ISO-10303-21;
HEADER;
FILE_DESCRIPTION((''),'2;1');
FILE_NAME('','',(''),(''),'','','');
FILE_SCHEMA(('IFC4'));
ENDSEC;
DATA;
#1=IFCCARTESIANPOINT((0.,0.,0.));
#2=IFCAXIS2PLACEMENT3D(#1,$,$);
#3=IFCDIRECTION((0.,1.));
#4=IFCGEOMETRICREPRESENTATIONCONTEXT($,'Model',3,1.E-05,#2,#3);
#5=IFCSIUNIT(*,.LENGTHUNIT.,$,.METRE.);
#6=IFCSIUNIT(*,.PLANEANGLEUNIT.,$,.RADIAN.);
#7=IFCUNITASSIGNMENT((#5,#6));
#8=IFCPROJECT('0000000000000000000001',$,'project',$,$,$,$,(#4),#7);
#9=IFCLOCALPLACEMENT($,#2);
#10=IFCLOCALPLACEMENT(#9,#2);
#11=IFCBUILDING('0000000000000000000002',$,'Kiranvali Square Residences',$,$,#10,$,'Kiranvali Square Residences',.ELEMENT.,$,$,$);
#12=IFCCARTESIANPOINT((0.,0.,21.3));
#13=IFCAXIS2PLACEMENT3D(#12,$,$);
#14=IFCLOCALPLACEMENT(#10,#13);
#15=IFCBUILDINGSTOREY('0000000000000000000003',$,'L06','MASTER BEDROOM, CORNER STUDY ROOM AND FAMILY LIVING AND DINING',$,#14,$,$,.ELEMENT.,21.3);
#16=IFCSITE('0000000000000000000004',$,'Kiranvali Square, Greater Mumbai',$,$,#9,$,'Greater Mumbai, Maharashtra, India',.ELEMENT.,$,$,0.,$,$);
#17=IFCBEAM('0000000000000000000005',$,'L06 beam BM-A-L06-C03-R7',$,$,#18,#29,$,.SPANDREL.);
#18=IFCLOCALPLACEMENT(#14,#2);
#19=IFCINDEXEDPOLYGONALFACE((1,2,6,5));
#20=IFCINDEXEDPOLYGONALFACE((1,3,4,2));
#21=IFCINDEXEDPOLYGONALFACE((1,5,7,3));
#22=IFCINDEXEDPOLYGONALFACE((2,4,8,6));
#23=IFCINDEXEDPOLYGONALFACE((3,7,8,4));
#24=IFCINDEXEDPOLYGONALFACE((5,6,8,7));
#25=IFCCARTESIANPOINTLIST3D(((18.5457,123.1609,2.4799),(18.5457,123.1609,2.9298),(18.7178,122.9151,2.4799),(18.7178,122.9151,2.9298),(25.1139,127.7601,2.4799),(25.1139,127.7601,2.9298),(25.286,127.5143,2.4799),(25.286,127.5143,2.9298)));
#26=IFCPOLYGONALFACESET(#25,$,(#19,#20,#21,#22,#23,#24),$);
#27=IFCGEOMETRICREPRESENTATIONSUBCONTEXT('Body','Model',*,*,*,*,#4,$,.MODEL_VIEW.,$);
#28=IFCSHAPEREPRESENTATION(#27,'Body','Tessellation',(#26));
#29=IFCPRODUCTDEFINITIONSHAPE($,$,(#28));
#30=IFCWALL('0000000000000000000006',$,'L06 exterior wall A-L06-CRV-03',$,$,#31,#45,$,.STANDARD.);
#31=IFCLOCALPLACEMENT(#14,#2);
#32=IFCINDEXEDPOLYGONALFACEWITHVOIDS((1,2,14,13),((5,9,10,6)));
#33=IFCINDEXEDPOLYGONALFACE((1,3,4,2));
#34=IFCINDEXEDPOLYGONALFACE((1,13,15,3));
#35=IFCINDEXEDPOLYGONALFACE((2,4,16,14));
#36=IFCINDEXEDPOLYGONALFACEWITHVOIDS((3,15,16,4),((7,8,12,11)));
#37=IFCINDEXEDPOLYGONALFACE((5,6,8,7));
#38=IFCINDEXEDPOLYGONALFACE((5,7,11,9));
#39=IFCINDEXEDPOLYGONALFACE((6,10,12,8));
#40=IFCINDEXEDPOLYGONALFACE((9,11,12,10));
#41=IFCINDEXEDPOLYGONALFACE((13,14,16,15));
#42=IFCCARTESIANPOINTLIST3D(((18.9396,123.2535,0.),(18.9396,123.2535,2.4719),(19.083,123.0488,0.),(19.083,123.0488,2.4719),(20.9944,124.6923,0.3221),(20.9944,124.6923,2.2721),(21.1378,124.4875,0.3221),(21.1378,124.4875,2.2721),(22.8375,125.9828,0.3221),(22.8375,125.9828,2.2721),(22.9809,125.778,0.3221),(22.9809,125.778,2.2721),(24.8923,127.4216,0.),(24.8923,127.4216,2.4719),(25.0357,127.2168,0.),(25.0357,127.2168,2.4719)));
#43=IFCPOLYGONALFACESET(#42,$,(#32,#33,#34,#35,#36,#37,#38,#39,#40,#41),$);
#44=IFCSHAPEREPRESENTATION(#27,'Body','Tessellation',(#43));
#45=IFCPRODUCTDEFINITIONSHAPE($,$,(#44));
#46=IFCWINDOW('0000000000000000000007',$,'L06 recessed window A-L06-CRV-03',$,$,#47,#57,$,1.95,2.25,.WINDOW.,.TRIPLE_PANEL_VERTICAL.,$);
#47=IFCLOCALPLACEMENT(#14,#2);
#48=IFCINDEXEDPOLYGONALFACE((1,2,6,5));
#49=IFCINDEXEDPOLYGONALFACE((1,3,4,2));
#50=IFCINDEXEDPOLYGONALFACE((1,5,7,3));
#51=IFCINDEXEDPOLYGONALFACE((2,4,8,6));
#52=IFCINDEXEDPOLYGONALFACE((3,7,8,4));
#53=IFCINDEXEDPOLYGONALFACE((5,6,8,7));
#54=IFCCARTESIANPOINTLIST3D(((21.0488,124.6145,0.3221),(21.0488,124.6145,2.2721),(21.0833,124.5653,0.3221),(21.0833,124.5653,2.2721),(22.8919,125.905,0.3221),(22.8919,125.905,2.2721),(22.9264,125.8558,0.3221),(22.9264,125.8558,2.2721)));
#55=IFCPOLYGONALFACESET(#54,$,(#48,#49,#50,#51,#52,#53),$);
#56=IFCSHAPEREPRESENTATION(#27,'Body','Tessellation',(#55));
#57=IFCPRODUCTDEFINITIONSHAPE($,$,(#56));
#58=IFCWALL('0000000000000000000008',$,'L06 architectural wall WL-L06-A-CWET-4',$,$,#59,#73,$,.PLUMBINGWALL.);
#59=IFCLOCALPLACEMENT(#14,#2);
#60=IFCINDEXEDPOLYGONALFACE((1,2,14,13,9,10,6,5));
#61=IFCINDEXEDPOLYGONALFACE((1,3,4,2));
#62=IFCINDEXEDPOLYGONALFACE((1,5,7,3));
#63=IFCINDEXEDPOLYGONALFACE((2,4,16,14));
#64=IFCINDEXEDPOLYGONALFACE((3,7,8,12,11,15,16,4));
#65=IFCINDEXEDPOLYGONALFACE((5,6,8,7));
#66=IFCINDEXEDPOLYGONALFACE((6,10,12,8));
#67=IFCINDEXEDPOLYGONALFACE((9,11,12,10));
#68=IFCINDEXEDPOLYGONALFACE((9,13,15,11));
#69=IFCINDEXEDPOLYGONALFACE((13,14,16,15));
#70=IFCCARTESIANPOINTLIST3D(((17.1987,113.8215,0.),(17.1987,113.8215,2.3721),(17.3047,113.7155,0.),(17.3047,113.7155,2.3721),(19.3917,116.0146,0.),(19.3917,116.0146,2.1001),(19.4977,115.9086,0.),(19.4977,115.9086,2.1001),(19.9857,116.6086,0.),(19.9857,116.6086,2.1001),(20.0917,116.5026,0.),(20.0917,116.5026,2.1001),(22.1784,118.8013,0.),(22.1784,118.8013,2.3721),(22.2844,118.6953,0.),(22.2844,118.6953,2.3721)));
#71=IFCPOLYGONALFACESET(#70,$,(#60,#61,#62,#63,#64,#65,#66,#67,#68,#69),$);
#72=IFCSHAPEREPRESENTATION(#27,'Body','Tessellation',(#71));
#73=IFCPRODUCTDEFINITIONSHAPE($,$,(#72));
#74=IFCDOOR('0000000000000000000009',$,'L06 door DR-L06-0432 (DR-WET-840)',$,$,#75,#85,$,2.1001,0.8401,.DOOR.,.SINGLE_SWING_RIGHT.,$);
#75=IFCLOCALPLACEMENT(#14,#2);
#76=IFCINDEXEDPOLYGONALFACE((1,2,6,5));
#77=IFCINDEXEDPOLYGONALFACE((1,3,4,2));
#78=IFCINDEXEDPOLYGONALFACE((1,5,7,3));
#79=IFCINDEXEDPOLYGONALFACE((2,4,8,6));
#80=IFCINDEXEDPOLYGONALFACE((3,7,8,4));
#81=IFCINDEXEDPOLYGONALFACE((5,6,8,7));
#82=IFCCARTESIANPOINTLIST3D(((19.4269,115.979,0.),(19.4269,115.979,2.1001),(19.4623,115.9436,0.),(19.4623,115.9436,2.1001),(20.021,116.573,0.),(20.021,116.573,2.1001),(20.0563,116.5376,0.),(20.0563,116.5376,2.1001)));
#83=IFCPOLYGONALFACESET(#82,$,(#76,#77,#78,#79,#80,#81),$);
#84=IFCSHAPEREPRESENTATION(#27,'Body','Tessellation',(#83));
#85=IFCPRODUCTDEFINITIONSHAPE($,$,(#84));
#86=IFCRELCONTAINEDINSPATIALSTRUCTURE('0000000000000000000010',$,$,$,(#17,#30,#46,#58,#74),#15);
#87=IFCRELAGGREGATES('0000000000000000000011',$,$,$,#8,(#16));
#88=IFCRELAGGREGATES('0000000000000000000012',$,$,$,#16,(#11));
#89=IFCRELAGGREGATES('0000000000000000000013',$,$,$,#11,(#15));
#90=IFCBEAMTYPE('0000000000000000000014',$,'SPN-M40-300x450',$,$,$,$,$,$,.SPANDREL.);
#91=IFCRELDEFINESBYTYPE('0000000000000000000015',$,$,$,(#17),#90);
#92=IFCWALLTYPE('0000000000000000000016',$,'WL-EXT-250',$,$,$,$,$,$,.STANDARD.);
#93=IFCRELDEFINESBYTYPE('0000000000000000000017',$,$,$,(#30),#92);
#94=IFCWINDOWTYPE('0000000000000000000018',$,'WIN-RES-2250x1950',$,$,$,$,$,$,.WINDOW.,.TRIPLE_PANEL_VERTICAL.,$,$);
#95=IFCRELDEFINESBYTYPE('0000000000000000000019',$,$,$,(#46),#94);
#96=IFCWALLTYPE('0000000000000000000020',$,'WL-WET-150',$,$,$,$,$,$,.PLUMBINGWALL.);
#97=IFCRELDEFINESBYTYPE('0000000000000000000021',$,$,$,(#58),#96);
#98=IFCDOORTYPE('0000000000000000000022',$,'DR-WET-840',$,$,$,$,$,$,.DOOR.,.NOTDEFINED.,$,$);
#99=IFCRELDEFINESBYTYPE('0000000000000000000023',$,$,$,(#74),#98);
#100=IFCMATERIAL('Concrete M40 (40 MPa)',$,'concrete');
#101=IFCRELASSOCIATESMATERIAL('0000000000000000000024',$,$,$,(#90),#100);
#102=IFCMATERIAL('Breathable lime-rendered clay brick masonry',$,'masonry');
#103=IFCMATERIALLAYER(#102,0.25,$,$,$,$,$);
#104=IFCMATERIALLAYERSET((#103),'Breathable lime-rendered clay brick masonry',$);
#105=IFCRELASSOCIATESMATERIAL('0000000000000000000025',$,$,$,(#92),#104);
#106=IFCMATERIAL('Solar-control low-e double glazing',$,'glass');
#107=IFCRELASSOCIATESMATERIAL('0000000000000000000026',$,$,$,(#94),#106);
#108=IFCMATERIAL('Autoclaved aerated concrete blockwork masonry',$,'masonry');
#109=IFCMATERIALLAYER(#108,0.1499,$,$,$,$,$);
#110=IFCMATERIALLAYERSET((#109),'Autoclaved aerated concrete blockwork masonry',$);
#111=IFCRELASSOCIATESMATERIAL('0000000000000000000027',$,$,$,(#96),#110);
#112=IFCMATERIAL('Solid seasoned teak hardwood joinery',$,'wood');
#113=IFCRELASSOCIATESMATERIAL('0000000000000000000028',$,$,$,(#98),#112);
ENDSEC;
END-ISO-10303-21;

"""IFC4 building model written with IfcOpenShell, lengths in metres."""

from ifc_helpers import new_model, si_unit, direction, frame, frame_2d, origin, origin_2d, place, context, subcontext, project, spatial, rectangle, extrude, material, layer, layer_set, material_profile, profile_set, type_object, element, fill, save


model = new_model("IFC4")

# Units and contexts
model_context = context("Model", 3, precision=1e-05, world=origin(), true_north=direction((0.0, 1.0)))
body_context = subcontext(model_context, "Body", "Model", "MODEL_VIEW")
ifc_project = project(units=[si_unit("LENGTHUNIT", "METRE"), si_unit("PLANEANGLEUNIT", "RADIAN")], contexts=[model_context])

# Site, building, storey
site_placement = place(None, origin())
site = spatial("IfcSite", under=ifc_project, at=site_placement, Name="Kiranvali Square, Greater Mumbai", LongName="Greater Mumbai, Maharashtra, India", CompositionType="ELEMENT", RefElevation=0.0)
building_placement = place(site_placement, origin())
building = spatial("IfcBuilding", under=site, at=building_placement, Name="Kiranvali Square Residences", LongName="Kiranvali Square Residences", CompositionType="ELEMENT")
storey_placement = place(building_placement, frame((0.0, 0.0, 21.3)))
storey = spatial("IfcBuildingStorey", under=building, at=storey_placement, Name="L06", Description="MASTER BEDROOM, CORNER STUDY ROOM AND FAMILY LIVING AND DINING", CompositionType="ELEMENT", Elevation=21.3)

# Beam
ifc_material_1 = material(Name="Concrete M40 (40 MPa)", Category="concrete")
ifc_material_profile_1 = material_profile(ifc_material_1, rectangle(XDim=0.3, YDim=0.45, at=origin_2d()), Name="RC 300x450")
ifc_profile_set_1 = profile_set([ifc_material_profile_1], Name="Concrete M40 (40 MPa)")
beam_type_1 = type_object("IfcBeamType", Name="SPN-M40-300x450", PredefinedType="SPANDREL", material=ifc_profile_set_1)
beam_1_placement = place(storey_placement, frame((25.2, 127.6372, 2.7048), z_axis=(-0.819148, -0.573583, 0.0), x_axis=(0.573583, -0.819148, 0.0)))
element("IfcBeam", 1, at=beam_1_placement, inside=storey, type_object=beam_type_1, Name="L06 beam BM-A-L06-C03-R7", PredefinedType="SPANDREL", context=body_context, shape_type="SweptSolid", body=[
    extrude(rectangle(XDim=0.3, YDim=0.45, at=origin_2d()), origin(), (0.0, 0.0, 1.0), 8.0183),
])

# Wall, opening, window
ifc_material_2 = material(Name="Breathable lime-rendered clay brick masonry", Category="masonry")
ifc_layer_1 = layer(ifc_material_2, 0.25)
ifc_layer_set_1 = layer_set([ifc_layer_1], Name="Breathable lime-rendered clay brick masonry")
wall_type_1 = type_object("IfcWallType", Name="WL-EXT-250", PredefinedType="STANDARD", material=ifc_layer_set_1)
wall_1_placement = place(storey_placement, frame((24.9639, 127.3191, 0.0), z_axis=(0.0, 0.0, 1.0), x_axis=(-0.819159, -0.573566, 0.0)))
wall_1 = element("IfcWall", 2, at=wall_1_placement, inside=storey, type_object=wall_type_1, Name="L06 exterior wall A-L06-CRV-03", PredefinedType="STANDARD", context=body_context, shape_type="SweptSolid", body=[
    extrude(rectangle(XDim=7.2668, YDim=0.25, at=frame_2d((3.6333, 0.0))), origin(), (0.0, 0.0, 1.0), 2.4719),
])
opening_1_placement = place(wall_1_placement, frame((2.5083, 0.0, 0.322)))
opening_1 = element("IfcOpeningElement", 3, at=opening_1_placement, cuts=wall_1, PredefinedType="OPENING", context=body_context, shape_type="SweptSolid", body=[
    extrude(rectangle(XDim=2.25, YDim=1.95, at=frame_2d((1.125, 0.9751))), frame((0.0, 0.135, 0.0), z_axis=(0.0, -1.0, 0.0), x_axis=(1.0, 0.0, 0.0)), (0.0, 0.0, 1.0), 0.27),
])
ifc_material_3 = material(Name="Solar-control low-e double glazing", Category="glass")
window_type = type_object("IfcWindowType", Name="WIN-RES-2250x1950", PartitioningType="TRIPLE_PANEL_VERTICAL", PredefinedType="WINDOW", material=ifc_material_3)
window_placement = place(opening_1_placement, origin())
window = element("IfcWindow", 4, at=window_placement, inside=storey, type_object=window_type, Name="L06 recessed window A-L06-CRV-03", OverallHeight=1.95, OverallWidth=2.25, PartitioningType="TRIPLE_PANEL_VERTICAL", PredefinedType="WINDOW", context=body_context, shape_type="SweptSolid", body=[
    extrude(rectangle(XDim=2.25, YDim=1.95, at=frame_2d((1.125, 0.9751))), frame((0.0, 0.03, 0.0), z_axis=(0.0, -1.0, 0.0), x_axis=(1.0, 0.0, 0.0)), (0.0, 0.0, 1.0), 0.0601),
])
fill(opening_1, window)

# Wall, opening, door
ifc_material_4 = material(Name="Autoclaved aerated concrete blockwork masonry", Category="masonry")
ifc_layer_2 = layer(ifc_material_4, 0.1499)
ifc_layer_set_2 = layer_set([ifc_layer_2], Name="Autoclaved aerated concrete blockwork masonry")
wall_type_2 = type_object("IfcWallType", Name="WL-WET-150", PredefinedType="PLUMBINGWALL", material=ifc_layer_set_2)
wall_2_placement = place(storey_placement, frame((22.2314, 118.7483, 0.0), z_axis=(0.0, 0.0, 1.0), x_axis=(-0.707107, -0.707107, 0.0)))
wall_2 = element("IfcWall", 5, at=wall_2_placement, inside=storey, type_object=wall_type_2, Name="L06 architectural wall WL-L06-A-CWET-4", PredefinedType="PLUMBINGWALL", context=body_context, shape_type="SweptSolid", body=[
    extrude(rectangle(XDim=7.0425, YDim=0.1499, at=frame_2d((3.5212, 0.0))), origin(), (0.0, 0.0, 1.0), 2.3721),
])
opening_2_placement = place(wall_2_placement, frame((3.1011, 0.0, 0.0)))
opening_2 = element("IfcOpeningElement", 6, at=opening_2_placement, cuts=wall_2, PredefinedType="OPENING", context=body_context, shape_type="SweptSolid", body=[
    extrude(rectangle(XDim=0.8401, YDim=2.1001, at=frame_2d((0.4199, 1.05))), frame((0.0, 0.085, 0.0), z_axis=(0.0, -1.0, 0.0), x_axis=(1.0, 0.0, 0.0)), (0.0, 0.0, 1.0), 0.1699),
])
ifc_material_5 = material(Name="Solid seasoned teak hardwood joinery", Category="wood")
door_type = type_object("IfcDoorType", Name="DR-WET-840", OperationType="NOTDEFINED", PredefinedType="DOOR", material=ifc_material_5)
door_placement = place(opening_2_placement, frame((0.8401, 0.0, 0.0), z_axis=(0.0, 0.0, 1.0), x_axis=(-1.0, 0.0, 0.0)))
door = element("IfcDoor", 7, at=door_placement, inside=storey, type_object=door_type, Name="L06 door DR-L06-0432 (DR-WET-840)", OperationType="SINGLE_SWING_RIGHT", OverallHeight=2.1001, OverallWidth=0.8401, PredefinedType="DOOR", context=body_context, shape_type="SweptSolid", body=[
    extrude(rectangle(XDim=0.8401, YDim=2.1001, at=frame_2d((0.4199, 1.05))), frame((0.0, 0.0249, 0.0), z_axis=(0.0, -1.0, 0.0), x_axis=(1.0, 0.0, 0.0)), (0.0, 0.0, 1.0), 0.05),
])
fill(opening_2, door)

save(model, "model.ifc")
